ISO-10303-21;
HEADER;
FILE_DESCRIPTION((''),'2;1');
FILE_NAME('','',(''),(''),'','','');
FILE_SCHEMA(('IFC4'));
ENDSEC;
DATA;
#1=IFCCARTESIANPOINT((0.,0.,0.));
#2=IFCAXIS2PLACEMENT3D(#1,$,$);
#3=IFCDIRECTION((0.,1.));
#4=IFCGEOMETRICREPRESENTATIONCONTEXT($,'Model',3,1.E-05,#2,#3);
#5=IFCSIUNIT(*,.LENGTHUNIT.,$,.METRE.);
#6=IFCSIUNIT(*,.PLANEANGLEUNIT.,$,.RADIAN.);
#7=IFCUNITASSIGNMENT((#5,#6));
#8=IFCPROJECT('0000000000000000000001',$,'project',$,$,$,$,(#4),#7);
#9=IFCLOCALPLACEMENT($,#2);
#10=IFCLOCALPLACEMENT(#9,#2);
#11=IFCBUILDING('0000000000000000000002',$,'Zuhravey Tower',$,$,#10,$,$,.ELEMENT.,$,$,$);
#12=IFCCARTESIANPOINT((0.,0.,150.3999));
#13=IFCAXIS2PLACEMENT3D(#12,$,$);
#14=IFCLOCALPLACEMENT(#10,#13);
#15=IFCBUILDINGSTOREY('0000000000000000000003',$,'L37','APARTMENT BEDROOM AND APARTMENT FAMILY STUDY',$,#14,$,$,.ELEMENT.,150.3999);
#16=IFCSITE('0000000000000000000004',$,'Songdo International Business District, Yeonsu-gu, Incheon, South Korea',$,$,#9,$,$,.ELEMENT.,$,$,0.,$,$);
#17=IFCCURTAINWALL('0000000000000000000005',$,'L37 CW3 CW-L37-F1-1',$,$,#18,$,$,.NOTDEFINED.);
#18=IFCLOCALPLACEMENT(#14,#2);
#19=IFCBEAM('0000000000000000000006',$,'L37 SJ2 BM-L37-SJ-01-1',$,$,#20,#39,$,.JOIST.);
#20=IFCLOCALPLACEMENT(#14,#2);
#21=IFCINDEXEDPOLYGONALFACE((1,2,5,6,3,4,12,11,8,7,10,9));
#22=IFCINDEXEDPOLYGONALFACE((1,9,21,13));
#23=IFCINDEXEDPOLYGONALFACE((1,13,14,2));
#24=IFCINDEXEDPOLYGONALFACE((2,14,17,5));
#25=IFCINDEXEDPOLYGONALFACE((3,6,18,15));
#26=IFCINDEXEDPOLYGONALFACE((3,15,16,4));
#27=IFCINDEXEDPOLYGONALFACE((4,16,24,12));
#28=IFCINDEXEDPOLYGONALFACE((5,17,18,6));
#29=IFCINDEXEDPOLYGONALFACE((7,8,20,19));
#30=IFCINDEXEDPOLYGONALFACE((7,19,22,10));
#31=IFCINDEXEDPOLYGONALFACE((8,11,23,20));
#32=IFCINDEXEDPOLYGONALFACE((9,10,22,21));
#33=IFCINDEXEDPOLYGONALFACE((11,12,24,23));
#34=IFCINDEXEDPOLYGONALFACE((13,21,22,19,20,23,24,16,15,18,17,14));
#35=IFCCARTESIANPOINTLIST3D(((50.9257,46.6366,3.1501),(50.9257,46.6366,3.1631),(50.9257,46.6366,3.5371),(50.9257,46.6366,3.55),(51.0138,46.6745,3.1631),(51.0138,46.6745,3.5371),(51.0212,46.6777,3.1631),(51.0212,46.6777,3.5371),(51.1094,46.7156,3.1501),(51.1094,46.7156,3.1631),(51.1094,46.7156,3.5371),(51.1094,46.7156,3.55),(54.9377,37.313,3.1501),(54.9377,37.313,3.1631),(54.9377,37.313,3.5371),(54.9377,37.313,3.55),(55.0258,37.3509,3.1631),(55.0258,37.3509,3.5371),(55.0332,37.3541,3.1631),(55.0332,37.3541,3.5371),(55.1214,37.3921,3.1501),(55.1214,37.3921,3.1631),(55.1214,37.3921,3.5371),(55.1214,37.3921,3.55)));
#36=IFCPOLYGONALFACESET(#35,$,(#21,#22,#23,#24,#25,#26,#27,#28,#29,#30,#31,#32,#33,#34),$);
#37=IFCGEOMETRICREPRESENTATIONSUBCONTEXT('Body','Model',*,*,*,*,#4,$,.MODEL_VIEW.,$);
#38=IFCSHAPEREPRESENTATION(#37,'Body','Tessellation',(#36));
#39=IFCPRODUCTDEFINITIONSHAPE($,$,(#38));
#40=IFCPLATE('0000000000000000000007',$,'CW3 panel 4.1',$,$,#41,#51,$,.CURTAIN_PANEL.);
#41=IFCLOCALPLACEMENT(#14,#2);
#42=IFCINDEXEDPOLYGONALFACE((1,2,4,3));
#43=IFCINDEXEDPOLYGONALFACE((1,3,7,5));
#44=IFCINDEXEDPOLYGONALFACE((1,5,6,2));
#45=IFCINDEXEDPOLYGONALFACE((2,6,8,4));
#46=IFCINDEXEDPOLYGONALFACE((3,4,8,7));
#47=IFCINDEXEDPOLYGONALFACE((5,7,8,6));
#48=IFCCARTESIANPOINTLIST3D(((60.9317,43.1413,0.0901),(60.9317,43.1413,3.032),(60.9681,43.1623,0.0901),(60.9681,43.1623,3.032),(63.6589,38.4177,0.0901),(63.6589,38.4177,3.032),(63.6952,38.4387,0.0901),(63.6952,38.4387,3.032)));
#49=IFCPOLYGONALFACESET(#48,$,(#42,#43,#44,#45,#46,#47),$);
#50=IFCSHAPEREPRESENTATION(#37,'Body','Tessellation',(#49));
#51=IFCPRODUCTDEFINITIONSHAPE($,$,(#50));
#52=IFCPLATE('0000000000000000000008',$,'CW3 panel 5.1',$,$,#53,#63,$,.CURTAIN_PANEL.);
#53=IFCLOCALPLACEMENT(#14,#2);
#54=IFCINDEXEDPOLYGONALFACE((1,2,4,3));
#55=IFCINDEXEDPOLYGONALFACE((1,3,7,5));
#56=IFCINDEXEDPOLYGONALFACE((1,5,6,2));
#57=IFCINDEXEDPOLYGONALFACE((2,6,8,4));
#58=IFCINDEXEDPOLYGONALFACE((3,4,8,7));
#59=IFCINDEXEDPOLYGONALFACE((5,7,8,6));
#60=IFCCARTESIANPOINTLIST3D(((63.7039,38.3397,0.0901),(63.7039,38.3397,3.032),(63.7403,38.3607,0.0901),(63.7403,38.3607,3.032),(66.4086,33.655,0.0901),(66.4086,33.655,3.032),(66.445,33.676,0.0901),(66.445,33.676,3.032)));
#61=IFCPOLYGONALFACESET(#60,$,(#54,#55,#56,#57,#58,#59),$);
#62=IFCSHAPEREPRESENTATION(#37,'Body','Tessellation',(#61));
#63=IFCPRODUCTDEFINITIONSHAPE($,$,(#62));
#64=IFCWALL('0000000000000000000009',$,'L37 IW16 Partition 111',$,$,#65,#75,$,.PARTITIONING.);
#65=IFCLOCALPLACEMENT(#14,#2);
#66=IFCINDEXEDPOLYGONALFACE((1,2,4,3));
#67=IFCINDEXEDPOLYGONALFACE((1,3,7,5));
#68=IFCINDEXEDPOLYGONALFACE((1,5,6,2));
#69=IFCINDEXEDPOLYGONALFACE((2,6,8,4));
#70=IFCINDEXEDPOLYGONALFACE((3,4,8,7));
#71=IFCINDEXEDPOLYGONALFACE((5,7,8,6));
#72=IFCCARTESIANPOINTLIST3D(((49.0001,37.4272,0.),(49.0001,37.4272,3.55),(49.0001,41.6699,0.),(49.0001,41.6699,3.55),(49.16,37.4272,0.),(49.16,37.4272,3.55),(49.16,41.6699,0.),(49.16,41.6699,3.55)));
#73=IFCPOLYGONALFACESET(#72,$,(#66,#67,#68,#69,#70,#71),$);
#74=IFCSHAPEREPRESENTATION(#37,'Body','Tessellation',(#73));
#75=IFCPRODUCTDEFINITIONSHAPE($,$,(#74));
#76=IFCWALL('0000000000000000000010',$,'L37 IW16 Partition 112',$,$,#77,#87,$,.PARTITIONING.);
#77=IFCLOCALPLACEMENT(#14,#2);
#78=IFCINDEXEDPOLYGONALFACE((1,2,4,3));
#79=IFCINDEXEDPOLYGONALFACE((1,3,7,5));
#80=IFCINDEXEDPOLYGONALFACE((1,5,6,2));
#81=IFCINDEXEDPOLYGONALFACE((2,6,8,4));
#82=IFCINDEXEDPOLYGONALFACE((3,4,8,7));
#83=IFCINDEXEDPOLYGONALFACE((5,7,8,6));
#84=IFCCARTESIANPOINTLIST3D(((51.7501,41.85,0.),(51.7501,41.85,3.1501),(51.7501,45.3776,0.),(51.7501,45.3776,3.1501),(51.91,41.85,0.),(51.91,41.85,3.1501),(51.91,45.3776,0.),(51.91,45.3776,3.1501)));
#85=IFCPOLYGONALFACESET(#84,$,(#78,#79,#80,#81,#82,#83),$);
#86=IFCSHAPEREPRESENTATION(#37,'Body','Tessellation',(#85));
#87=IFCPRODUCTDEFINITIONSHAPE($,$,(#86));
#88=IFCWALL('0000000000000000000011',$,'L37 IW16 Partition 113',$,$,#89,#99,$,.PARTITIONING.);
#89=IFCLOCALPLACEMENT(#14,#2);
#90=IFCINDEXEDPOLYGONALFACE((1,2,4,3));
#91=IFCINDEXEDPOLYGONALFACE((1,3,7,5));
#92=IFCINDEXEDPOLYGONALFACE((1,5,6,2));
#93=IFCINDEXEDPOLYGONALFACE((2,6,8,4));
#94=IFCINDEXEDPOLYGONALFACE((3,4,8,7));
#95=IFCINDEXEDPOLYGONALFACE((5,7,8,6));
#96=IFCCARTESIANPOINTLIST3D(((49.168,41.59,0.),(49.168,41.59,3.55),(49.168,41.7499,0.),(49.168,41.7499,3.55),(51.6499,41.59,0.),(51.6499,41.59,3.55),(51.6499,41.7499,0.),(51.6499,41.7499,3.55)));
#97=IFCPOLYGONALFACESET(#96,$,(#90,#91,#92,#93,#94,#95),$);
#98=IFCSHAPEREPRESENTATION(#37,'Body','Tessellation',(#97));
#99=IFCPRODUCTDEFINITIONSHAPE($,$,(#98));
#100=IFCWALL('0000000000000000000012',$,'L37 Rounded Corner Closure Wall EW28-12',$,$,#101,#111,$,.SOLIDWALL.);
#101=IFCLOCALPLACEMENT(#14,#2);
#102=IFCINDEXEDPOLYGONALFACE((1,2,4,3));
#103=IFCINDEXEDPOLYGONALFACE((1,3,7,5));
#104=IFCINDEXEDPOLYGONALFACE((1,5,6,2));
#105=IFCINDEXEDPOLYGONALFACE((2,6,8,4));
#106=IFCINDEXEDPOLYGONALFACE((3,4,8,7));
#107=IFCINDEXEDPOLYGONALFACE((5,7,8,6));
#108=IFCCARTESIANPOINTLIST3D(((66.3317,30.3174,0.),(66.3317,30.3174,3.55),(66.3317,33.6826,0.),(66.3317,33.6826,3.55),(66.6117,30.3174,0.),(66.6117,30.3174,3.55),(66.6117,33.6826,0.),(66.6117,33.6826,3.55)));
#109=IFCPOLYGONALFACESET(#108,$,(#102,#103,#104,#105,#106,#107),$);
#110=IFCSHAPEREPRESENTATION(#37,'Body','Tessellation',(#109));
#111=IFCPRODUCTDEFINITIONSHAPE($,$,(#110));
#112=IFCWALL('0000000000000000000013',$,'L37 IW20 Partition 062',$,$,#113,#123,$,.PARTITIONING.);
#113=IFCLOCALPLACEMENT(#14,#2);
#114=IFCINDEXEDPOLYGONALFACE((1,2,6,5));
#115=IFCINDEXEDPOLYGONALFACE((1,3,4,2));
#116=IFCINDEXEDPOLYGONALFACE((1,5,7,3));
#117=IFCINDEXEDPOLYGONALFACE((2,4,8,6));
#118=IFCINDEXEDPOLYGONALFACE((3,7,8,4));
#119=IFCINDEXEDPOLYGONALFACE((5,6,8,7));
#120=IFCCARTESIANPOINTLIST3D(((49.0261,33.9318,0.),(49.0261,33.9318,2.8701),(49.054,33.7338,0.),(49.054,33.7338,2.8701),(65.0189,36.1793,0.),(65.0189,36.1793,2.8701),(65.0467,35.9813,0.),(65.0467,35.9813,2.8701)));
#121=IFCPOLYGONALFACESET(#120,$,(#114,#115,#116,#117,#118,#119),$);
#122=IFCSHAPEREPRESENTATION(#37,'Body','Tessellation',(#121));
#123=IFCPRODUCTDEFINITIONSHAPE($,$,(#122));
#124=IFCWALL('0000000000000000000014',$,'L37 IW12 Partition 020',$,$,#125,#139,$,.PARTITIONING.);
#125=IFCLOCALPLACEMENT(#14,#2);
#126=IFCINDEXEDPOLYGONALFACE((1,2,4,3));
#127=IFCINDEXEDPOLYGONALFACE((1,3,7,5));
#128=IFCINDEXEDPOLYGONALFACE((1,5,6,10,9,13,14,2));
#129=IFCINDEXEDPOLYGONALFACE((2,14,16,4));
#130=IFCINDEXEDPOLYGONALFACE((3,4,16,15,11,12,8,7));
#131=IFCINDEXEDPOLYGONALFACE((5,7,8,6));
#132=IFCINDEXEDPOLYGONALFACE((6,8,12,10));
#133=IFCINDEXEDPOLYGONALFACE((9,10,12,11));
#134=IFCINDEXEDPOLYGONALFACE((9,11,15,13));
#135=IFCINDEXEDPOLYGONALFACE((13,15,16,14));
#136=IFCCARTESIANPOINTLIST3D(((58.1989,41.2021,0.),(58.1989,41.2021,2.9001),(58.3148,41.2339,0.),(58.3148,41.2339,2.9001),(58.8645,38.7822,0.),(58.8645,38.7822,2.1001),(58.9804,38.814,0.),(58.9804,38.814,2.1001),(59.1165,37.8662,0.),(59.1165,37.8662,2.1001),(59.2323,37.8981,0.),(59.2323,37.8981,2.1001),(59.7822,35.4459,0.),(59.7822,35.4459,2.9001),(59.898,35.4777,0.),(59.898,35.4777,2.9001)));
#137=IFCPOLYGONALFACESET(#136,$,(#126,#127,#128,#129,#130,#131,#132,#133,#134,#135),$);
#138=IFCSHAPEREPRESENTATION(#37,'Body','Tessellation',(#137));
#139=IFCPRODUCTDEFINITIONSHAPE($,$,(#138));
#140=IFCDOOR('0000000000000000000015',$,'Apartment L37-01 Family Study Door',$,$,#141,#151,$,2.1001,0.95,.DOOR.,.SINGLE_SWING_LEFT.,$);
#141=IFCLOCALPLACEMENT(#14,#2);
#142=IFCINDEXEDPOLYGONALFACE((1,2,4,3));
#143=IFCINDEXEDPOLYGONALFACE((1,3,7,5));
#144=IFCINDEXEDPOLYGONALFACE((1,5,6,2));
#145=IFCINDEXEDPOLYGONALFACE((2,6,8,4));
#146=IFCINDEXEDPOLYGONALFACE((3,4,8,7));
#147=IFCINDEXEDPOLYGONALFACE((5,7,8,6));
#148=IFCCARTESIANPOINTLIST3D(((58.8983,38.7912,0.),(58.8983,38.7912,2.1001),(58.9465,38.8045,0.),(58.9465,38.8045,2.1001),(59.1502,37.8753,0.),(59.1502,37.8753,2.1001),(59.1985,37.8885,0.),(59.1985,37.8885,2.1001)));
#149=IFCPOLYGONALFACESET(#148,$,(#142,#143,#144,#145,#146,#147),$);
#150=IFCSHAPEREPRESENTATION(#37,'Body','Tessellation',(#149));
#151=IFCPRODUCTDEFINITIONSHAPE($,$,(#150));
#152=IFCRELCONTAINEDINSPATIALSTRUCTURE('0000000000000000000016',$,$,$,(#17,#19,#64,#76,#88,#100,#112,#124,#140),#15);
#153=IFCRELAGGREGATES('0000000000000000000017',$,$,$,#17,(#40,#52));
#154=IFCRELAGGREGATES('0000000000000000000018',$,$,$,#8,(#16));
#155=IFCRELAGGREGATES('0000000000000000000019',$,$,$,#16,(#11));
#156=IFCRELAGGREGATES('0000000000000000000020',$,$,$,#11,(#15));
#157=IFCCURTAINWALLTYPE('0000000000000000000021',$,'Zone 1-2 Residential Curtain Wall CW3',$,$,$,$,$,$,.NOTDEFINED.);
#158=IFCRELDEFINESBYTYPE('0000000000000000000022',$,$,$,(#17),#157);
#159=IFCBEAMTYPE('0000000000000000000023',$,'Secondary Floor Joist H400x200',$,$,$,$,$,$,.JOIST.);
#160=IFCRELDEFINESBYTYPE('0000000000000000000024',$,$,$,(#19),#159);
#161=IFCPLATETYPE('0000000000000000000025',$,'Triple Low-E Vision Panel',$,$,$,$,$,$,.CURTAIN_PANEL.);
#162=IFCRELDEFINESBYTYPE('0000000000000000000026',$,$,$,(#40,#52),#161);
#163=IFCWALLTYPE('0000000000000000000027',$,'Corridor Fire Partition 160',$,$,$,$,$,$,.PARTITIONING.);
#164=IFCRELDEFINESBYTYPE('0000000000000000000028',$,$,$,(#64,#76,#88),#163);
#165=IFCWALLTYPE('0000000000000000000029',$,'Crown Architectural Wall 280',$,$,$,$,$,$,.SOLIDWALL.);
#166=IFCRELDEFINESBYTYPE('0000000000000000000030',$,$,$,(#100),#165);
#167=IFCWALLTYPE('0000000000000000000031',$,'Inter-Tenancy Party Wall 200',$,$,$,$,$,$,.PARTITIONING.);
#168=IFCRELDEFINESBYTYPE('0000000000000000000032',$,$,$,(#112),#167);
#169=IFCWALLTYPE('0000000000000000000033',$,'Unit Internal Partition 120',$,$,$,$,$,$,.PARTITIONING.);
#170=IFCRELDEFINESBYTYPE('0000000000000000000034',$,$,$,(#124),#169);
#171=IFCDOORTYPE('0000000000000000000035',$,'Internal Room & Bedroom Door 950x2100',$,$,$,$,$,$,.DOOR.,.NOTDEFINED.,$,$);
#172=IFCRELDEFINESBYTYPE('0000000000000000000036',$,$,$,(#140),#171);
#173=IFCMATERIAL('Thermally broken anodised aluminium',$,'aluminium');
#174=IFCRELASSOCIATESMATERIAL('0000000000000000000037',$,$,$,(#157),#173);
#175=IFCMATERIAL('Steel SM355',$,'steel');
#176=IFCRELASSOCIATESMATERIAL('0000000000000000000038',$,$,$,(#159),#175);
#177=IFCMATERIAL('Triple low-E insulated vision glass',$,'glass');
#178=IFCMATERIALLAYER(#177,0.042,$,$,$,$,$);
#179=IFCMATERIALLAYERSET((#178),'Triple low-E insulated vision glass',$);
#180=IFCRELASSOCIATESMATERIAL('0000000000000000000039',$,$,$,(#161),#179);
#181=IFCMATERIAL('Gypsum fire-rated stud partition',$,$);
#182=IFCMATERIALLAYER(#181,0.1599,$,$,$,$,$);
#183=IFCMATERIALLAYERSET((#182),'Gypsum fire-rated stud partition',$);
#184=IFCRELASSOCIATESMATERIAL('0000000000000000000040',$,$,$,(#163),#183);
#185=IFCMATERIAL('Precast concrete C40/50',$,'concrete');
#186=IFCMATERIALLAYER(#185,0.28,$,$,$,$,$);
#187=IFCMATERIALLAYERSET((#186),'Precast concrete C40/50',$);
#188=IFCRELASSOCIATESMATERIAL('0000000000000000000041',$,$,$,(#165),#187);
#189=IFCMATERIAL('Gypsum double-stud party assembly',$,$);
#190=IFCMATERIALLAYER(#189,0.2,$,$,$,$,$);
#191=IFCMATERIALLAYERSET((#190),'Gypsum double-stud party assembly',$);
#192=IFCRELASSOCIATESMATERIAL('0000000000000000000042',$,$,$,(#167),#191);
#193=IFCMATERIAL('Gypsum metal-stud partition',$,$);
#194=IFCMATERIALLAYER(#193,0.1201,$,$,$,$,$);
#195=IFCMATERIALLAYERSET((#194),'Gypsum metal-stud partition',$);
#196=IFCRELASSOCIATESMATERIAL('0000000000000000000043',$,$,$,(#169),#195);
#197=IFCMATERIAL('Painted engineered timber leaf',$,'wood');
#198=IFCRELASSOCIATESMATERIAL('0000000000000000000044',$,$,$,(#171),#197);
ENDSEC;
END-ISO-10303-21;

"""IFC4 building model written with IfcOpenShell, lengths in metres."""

from ifc_helpers import new_model, si_unit, direction, frame, frame_2d, origin, origin_2d, place, context, subcontext, project, spatial, rectangle, i_section, extrude, material, layer, layer_set, material_profile, profile_set, type_object, element, fill, aggregate, save


model = new_model("IFC4")

# Units and contexts
model_context = context("Model", 3, precision=1e-05, world=origin(), true_north=direction((0.0, 1.0)))
body_context = subcontext(model_context, "Body", "Model", "MODEL_VIEW")
ifc_project = project(units=[si_unit("LENGTHUNIT", "METRE"), si_unit("PLANEANGLEUNIT", "RADIAN")], contexts=[model_context])

# Site, building, storey
site_placement = place(None, origin())
site = spatial("IfcSite", under=ifc_project, at=site_placement, Name="Songdo International Business District, Yeonsu-gu, Incheon, South Korea", CompositionType="ELEMENT", RefElevation=0.0)
building_placement = place(site_placement, origin())
building = spatial("IfcBuilding", under=site, at=building_placement, Name="Zuhravey Tower", CompositionType="ELEMENT")
storey_placement = place(building_placement, frame((0.0, 0.0, 150.3999)))
storey = spatial("IfcBuildingStorey", under=building, at=storey_placement, Name="L37", Description="APARTMENT BEDROOM AND APARTMENT FAMILY STUDY", CompositionType="ELEMENT", Elevation=150.3999)

# Curtain wall
ifc_material_1 = material(Name="Thermally broken anodised aluminium", Category="aluminium")
curtain_wall_type = type_object("IfcCurtainWallType", Name="Zone 1-2 Residential Curtain Wall CW3", PredefinedType="NOTDEFINED", material=ifc_material_1)
curtain_wall_placement = place(storey_placement, origin())
curtain_wall = element("IfcCurtainWall", 1, at=curtain_wall_placement, inside=storey, type_object=curtain_wall_type, Name="L37 CW3 CW-L37-F1-1", PredefinedType="NOTDEFINED")

# Beam
ifc_material_2 = material(Name="Steel SM355", Category="steel")
ifc_material_profile_1 = material_profile(ifc_material_2, i_section(OverallWidth=0.2, OverallDepth=0.3999, WebThickness=0.0081, FlangeThickness=0.0129, at=origin_2d()), Name="H-400x200x8x13")
ifc_profile_set_1 = profile_set([ifc_material_profile_1], Name="Steel SM355")
beam_type_1 = type_object("IfcBeamType", Name="Secondary Floor Joist H400x200", PredefinedType="JOIST", material=ifc_profile_set_1)
beam_1_placement = place(storey_placement, frame((55.0295, 37.3525, 3.3501), z_axis=(-0.395266, 0.918567, 0.0), x_axis=(-0.918567, -0.395266, 0.0)))
element("IfcBeam", 2, at=beam_1_placement, inside=storey, type_object=beam_type_1, Name="L37 SJ2 BM-L37-SJ-01-1", PredefinedType="JOIST", context=body_context, shape_type="SweptSolid", body=[
    extrude(i_section(OverallWidth=0.2, OverallDepth=0.3999, WebThickness=0.0081, FlangeThickness=0.0129, at=origin_2d()), origin(), (0.0, 0.0, 1.0), 10.1501),
])

# Plates
ifc_material_3 = material(Name="Triple low-E insulated vision glass", Category="glass")
ifc_layer_1 = layer(ifc_material_3, 0.042)
ifc_layer_set_1 = layer_set([ifc_layer_1], Name="Triple low-E insulated vision glass")
plate_type = type_object("IfcPlateType", Name="Triple Low-E Vision Panel", PredefinedType="CURTAIN_PANEL", material=ifc_layer_set_1)
plate_1_placement = place(storey_placement, frame((62.3135, 40.79, 0.0901), z_axis=(0.0, 0.0, 1.0), x_axis=(0.5, -0.866025, 0.0)))
plate_1 = element("IfcPlate", 3, at=plate_1_placement, type_object=plate_type, Name="CW3 panel 4.1", PredefinedType="CURTAIN_PANEL", context=body_context, shape_type="SweptSolid", body=[
    extrude(rectangle(XDim=5.4543, YDim=0.042, at=origin_2d()), origin(), (0.0, 0.0, 1.0), 2.9419),
])
plate_2_placement = place(storey_placement, frame((65.0745, 36.0078, 0.0901), z_axis=(0.0, 0.0, 1.0), x_axis=(0.5, -0.866025, 0.0)))
plate_2 = element("IfcPlate", 4, at=plate_2_placement, type_object=plate_type, Name="CW3 panel 5.1", PredefinedType="CURTAIN_PANEL", context=body_context, shape_type="SweptSolid", body=[
    extrude(rectangle(XDim=5.4094, YDim=0.042, at=origin_2d()), origin(), (0.0, 0.0, 1.0), 2.9419),
])
aggregate(curtain_wall, [plate_1, plate_2])

# Shared definitions
ifc_material_4 = material(Name="Gypsum fire-rated stud partition")
ifc_layer_2 = layer(ifc_material_4, 0.1599)
ifc_layer_set_2 = layer_set([ifc_layer_2], Name="Gypsum fire-rated stud partition")
wall_type_1 = type_object("IfcWallType", Name="Corridor Fire Partition 160", PredefinedType="PARTITIONING", material=ifc_layer_set_2)

# Walls
wall_1_placement = place(storey_placement, frame((49.0801, 37.4272, 0.0), z_axis=(0.0, 0.0, 1.0), x_axis=(0.0, 1.0, 0.0)))
element("IfcWall", 5, at=wall_1_placement, inside=storey, type_object=wall_type_1, Name="L37 IW16 Partition 111", PredefinedType="PARTITIONING", context=body_context, shape_type="SweptSolid", body=[
    extrude(rectangle(XDim=4.2427, YDim=0.1599, at=frame_2d((2.1213, 0.0))), origin(), (0.0, 0.0, 1.0), 3.55),
])
wall_2_placement = place(storey_placement, frame((51.8301, 41.8501, 0.0), z_axis=(0.0, 0.0, 1.0), x_axis=(0.0, 1.0, 0.0)))
element("IfcWall", 6, at=wall_2_placement, inside=storey, type_object=wall_type_1, Name="L37 IW16 Partition 112", PredefinedType="PARTITIONING", context=body_context, shape_type="SweptSolid", body=[
    extrude(rectangle(XDim=3.5276, YDim=0.1599, at=frame_2d((1.7637, 0.0))), origin(), (0.0, 0.0, 1.0), 3.1501),
])
wall_3_placement = place(storey_placement, frame((49.168, 41.6699, 0.0), z_axis=(0.0, 0.0, 1.0), x_axis=(1.0, 0.0, 0.0)))
element("IfcWall", 7, at=wall_3_placement, inside=storey, type_object=wall_type_1, Name="L37 IW16 Partition 113", PredefinedType="PARTITIONING", context=body_context, shape_type="SweptSolid", body=[
    extrude(rectangle(XDim=2.4819, YDim=0.1599, at=frame_2d((1.241, 0.0))), origin(), (0.0, 0.0, 1.0), 3.55),
])
ifc_material_5 = material(Name="Precast concrete C40/50", Category="concrete")
ifc_layer_3 = layer(ifc_material_5, 0.28)
ifc_layer_set_3 = layer_set([ifc_layer_3], Name="Precast concrete C40/50")
wall_type_2 = type_object("IfcWallType", Name="Crown Architectural Wall 280", PredefinedType="SOLIDWALL", material=ifc_layer_set_3)
wall_4_placement = place(storey_placement, frame((66.4717, 33.6826, 0.0), z_axis=(0.0, 0.0, 1.0), x_axis=(0.0, -1.0, 0.0)))
element("IfcWall", 8, at=wall_4_placement, inside=storey, type_object=wall_type_2, Name="L37 Rounded Corner Closure Wall EW28-12", PredefinedType="SOLIDWALL", context=body_context, shape_type="SweptSolid", body=[
    extrude(rectangle(XDim=3.3652, YDim=0.28, at=frame_2d((1.6826, 0.0))), origin(), (0.0, 0.0, 1.0), 3.55),
])
ifc_material_6 = material(Name="Gypsum double-stud party assembly")
ifc_layer_4 = layer(ifc_material_6, 0.2)
ifc_layer_set_4 = layer_set([ifc_layer_4], Name="Gypsum double-stud party assembly")
wall_type_3 = type_object("IfcWallType", Name="Inter-Tenancy Party Wall 200", PredefinedType="PARTITIONING", material=ifc_layer_set_4)
wall_5_placement = place(storey_placement, frame((49.04, 33.8328, 0.0), z_axis=(0.0, 0.0, 1.0), x_axis=(0.990269, 0.139169, 0.0)))
element("IfcWall", 9, at=wall_5_placement, inside=storey, type_object=wall_type_3, Name="L37 IW20 Partition 062", PredefinedType="PARTITIONING", context=body_context, shape_type="SweptSolid", body=[
    extrude(rectangle(XDim=16.1499, YDim=0.2, at=frame_2d((8.075, 0.0))), origin(), (0.0, 0.0, 1.0), 2.8701),
])

# Wall, opening, door
ifc_material_7 = material(Name="Gypsum metal-stud partition")
ifc_layer_5 = layer(ifc_material_7, 0.1201)
ifc_layer_set_5 = layer_set([ifc_layer_5], Name="Gypsum metal-stud partition")
wall_type_4 = type_object("IfcWallType", Name="Unit Internal Partition 120", PredefinedType="PARTITIONING", material=ifc_layer_set_5)
wall_6_placement = place(storey_placement, frame((59.8401, 35.4619, 0.0), z_axis=(0.0, 0.0, 1.0), x_axis=(-0.265207, 0.964192, 0.0)))
wall_6 = element("IfcWall", 10, at=wall_6_placement, inside=storey, type_object=wall_type_4, Name="L37 IW12 Partition 020", PredefinedType="PARTITIONING", context=body_context, shape_type="SweptSolid", body=[
    extrude(rectangle(XDim=5.97, YDim=0.1201, at=frame_2d((2.9849, 0.0))), origin(), (0.0, 0.0, 1.0), 2.9001),
])
opening_1_placement = place(wall_6_placement, frame((2.51, 0.0, 0.0)))
opening_1 = element("IfcOpeningElement", 11, at=opening_1_placement, cuts=wall_6, PredefinedType="OPENING", context=body_context, shape_type="SweptSolid", body=[
    extrude(rectangle(XDim=0.95, YDim=2.1001, at=frame_2d((0.4751, 1.05))), frame((0.0, 0.072, 0.0), z_axis=(0.0, -1.0, 0.0), x_axis=(1.0, 0.0, 0.0)), (0.0, 0.0, 1.0), 0.144),
])
ifc_material_8 = material(Name="Painted engineered timber leaf", Category="wood")
door_type_1 = type_object("IfcDoorType", Name="Internal Room & Bedroom Door 950x2100", OperationType="NOTDEFINED", PredefinedType="DOOR", material=ifc_material_8)
door_1_placement = place(opening_1_placement, frame((0.95, 0.0, 0.0), z_axis=(0.0, 0.0, 1.0), x_axis=(-1.0, 0.0, 0.0)))
door_1 = element("IfcDoor", 12, at=door_1_placement, inside=storey, type_object=door_type_1, Name="Apartment L37-01 Family Study Door", OperationType="SINGLE_SWING_LEFT", OverallHeight=2.1001, OverallWidth=0.95, PredefinedType="DOOR", context=body_context, shape_type="SweptSolid", body=[
    extrude(rectangle(XDim=0.95, YDim=2.1001, at=frame_2d((0.4751, 1.05))), frame((0.0, 0.0249, 0.0), z_axis=(0.0, -1.0, 0.0), x_axis=(1.0, 0.0, 0.0)), (0.0, 0.0, 1.0), 0.05),
])
fill(opening_1, door_1)

save(model, "model.ifc")
